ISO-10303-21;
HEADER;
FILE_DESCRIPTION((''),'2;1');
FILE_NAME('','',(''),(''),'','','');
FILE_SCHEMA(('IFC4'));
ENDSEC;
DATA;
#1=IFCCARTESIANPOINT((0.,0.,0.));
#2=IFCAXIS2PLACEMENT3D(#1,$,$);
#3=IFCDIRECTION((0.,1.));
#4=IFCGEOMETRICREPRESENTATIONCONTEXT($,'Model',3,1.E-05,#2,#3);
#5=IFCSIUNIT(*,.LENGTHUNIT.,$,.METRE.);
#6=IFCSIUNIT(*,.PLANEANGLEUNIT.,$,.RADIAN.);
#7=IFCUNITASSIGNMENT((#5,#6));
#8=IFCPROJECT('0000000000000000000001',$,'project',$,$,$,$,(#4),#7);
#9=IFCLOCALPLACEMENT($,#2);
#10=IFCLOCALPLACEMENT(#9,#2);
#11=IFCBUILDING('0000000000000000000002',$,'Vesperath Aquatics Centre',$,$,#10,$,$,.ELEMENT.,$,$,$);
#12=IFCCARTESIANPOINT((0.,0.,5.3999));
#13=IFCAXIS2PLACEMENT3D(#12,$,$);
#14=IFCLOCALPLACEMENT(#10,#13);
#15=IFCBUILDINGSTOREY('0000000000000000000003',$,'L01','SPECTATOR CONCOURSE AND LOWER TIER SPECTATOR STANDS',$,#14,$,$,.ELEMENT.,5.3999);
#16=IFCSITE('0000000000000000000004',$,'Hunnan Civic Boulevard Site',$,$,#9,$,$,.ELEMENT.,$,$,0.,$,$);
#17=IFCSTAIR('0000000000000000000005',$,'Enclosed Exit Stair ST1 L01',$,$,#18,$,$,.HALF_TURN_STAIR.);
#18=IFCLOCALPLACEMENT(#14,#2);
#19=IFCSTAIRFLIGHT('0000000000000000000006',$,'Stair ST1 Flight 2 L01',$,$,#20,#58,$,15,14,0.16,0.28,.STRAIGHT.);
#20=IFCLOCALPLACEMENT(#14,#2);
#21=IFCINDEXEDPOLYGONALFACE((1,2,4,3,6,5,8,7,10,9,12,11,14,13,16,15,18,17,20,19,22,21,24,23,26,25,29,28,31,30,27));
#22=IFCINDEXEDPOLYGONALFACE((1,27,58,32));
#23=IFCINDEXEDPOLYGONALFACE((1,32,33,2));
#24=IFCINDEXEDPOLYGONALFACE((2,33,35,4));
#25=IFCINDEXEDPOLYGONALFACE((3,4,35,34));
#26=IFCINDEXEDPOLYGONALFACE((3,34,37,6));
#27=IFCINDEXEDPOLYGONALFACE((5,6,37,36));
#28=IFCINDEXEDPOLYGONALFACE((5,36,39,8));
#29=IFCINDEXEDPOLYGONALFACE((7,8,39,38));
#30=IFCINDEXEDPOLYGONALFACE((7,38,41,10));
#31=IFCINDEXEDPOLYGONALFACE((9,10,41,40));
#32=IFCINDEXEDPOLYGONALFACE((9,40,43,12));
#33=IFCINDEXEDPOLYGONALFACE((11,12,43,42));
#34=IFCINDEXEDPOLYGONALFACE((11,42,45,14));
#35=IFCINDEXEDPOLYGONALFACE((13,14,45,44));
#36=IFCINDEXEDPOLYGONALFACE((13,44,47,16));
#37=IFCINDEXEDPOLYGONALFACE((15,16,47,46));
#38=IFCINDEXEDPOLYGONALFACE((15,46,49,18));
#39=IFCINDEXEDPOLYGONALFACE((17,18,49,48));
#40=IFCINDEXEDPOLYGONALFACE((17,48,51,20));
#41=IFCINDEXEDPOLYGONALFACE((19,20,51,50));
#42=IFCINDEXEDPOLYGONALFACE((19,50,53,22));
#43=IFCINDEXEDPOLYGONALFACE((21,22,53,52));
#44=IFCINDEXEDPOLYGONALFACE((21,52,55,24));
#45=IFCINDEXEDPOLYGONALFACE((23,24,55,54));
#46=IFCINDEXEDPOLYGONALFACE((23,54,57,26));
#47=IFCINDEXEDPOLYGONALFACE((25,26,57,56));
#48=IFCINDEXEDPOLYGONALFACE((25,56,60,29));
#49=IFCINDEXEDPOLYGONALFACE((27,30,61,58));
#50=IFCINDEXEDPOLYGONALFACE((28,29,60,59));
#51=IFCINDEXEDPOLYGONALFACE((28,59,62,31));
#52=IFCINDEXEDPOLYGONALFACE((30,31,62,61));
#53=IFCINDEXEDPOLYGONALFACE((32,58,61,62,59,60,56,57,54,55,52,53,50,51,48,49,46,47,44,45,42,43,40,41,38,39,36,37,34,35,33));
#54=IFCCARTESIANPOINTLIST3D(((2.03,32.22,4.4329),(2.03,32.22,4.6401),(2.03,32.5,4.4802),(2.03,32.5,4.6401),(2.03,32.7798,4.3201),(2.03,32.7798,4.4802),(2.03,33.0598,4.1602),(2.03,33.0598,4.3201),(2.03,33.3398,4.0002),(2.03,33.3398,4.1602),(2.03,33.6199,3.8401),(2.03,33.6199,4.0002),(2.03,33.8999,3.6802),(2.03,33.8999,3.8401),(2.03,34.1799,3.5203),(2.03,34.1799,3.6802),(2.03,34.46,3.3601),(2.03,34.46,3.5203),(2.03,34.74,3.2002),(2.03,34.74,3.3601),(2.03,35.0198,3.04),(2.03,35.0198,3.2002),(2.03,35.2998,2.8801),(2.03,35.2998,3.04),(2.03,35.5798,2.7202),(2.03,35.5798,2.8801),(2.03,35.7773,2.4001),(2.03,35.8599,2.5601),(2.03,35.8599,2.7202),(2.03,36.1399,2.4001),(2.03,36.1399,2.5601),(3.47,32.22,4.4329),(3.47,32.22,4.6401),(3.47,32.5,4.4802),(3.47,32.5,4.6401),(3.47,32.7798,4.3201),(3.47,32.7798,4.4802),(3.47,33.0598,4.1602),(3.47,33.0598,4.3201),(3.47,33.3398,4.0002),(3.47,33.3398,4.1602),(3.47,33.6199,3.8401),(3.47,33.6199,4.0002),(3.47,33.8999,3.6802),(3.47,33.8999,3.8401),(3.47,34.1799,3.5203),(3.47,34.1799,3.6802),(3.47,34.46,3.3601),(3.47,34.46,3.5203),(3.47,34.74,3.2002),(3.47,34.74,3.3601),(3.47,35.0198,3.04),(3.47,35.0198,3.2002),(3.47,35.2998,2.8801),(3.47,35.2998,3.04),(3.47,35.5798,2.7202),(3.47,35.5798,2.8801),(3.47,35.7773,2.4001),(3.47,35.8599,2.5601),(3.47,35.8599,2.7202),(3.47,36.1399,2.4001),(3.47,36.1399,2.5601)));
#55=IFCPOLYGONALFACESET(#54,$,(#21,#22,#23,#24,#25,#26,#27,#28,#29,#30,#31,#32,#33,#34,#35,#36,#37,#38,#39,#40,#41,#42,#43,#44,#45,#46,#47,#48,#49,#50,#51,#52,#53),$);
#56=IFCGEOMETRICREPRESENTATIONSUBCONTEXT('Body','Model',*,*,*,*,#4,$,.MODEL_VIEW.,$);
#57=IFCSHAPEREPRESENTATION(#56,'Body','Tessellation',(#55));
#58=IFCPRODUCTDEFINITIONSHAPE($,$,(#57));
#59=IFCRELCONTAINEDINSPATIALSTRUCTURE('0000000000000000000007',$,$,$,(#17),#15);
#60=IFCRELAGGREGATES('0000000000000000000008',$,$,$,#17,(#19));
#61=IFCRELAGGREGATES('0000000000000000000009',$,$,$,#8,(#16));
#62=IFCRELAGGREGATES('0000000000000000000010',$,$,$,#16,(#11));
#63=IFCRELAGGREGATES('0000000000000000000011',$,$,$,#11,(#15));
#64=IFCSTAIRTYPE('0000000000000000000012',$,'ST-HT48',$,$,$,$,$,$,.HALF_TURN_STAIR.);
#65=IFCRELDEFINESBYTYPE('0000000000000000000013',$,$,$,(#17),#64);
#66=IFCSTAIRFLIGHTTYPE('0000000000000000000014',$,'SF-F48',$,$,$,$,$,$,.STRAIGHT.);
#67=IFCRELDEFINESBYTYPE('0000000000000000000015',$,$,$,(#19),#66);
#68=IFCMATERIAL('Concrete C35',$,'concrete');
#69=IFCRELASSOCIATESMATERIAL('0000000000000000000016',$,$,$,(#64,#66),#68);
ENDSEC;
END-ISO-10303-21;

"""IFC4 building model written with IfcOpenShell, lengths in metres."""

from ifc_helpers import new_model, si_unit, direction, frame, origin, place, context, subcontext, project, spatial, polyline, outline, extrude, material, type_object, element, aggregate, save


model = new_model("IFC4")

# Units and contexts
model_context = context("Model", 3, precision=1e-05, world=origin(), true_north=direction((0.0, 1.0)))
body_context = subcontext(model_context, "Body", "Model", "MODEL_VIEW")
ifc_project = project(units=[si_unit("LENGTHUNIT", "METRE"), si_unit("PLANEANGLEUNIT", "RADIAN")], contexts=[model_context])

# Site, building, storey
site_placement = place(None, origin())
site = spatial("IfcSite", under=ifc_project, at=site_placement, Name="Hunnan Civic Boulevard Site", CompositionType="ELEMENT", RefElevation=0.0)
building_placement = place(site_placement, origin())
building = spatial("IfcBuilding", under=site, at=building_placement, Name="Vesperath Aquatics Centre", CompositionType="ELEMENT")
storey_placement = place(building_placement, frame((0.0, 0.0, 5.3999)))
storey = spatial("IfcBuildingStorey", under=building, at=storey_placement, Name="L01", Description="SPECTATOR CONCOURSE AND LOWER TIER SPECTATOR STANDS", CompositionType="ELEMENT", Elevation=5.3999)

# Shared definitions
ifc_material_1 = material(Name="Concrete C35", Category="concrete")

# Stair, stair flight
stair_type = type_object("IfcStairType", Name="ST-HT48", PredefinedType="HALF_TURN_STAIR", material=ifc_material_1)
stair_placement = place(storey_placement, origin())
stair = element("IfcStair", 1, at=stair_placement, inside=storey, type_object=stair_type, Name="Enclosed Exit Stair ST1 L01", PredefinedType="HALF_TURN_STAIR")
stair_flight_type = type_object("IfcStairFlightType", Name="SF-F48", PredefinedType="STRAIGHT", material=ifc_material_1)
stair_flight_1_placement = place(storey_placement, frame((2.75, 36.1399, 2.4001), z_axis=(0.0, 0.0, 1.0), x_axis=(0.0, -1.0, 0.0)))
stair_flight_1 = element("IfcStairFlight", 2, at=stair_flight_1_placement, type_object=stair_flight_type, Name="Stair ST1 Flight 2 L01", NumberOfRisers=15, NumberOfTreads=14, PredefinedType="STRAIGHT", RiserHeight=0.16, TreadLength=0.28, context=body_context, shape_type="SweptSolid", body=[
    extrude(outline(polyline([(0.0, 0.0), (0.0, 0.1599), (0.28, 0.1599), (0.28, 0.3201), (0.5601, 0.3201), (0.5601, 0.48), (0.8401, 0.48), (0.8401, 0.6399), (1.1201, 0.6399), (1.1201, 0.8), (1.3999, 0.8), (1.3999, 0.96), (1.6799, 0.96), (1.6799, 1.1201), (1.96, 1.1201), (1.96, 1.28), (2.24, 1.28), (2.24, 1.4399), (2.52, 1.4399), (2.52, 1.6001), (2.8, 1.6001), (2.8, 1.76), (3.0801, 1.76), (3.0801, 1.9199), (3.3601, 1.9199), (3.3601, 2.0801), (3.6399, 2.0801), (3.6399, 2.24), (3.9199, 2.24), (3.9199, 2.3999), (3.9199, 2.0327), (0.3625, 0.0), (0.0, 0.0)])), frame((0.0, 0.72, 0.0), z_axis=(0.0, -1.0, 0.0), x_axis=(1.0, 0.0, 0.0)), (0.0, 0.0, 1.0), 1.4399),
])
aggregate(stair, [stair_flight_1])

save(model, "model.ifc")
